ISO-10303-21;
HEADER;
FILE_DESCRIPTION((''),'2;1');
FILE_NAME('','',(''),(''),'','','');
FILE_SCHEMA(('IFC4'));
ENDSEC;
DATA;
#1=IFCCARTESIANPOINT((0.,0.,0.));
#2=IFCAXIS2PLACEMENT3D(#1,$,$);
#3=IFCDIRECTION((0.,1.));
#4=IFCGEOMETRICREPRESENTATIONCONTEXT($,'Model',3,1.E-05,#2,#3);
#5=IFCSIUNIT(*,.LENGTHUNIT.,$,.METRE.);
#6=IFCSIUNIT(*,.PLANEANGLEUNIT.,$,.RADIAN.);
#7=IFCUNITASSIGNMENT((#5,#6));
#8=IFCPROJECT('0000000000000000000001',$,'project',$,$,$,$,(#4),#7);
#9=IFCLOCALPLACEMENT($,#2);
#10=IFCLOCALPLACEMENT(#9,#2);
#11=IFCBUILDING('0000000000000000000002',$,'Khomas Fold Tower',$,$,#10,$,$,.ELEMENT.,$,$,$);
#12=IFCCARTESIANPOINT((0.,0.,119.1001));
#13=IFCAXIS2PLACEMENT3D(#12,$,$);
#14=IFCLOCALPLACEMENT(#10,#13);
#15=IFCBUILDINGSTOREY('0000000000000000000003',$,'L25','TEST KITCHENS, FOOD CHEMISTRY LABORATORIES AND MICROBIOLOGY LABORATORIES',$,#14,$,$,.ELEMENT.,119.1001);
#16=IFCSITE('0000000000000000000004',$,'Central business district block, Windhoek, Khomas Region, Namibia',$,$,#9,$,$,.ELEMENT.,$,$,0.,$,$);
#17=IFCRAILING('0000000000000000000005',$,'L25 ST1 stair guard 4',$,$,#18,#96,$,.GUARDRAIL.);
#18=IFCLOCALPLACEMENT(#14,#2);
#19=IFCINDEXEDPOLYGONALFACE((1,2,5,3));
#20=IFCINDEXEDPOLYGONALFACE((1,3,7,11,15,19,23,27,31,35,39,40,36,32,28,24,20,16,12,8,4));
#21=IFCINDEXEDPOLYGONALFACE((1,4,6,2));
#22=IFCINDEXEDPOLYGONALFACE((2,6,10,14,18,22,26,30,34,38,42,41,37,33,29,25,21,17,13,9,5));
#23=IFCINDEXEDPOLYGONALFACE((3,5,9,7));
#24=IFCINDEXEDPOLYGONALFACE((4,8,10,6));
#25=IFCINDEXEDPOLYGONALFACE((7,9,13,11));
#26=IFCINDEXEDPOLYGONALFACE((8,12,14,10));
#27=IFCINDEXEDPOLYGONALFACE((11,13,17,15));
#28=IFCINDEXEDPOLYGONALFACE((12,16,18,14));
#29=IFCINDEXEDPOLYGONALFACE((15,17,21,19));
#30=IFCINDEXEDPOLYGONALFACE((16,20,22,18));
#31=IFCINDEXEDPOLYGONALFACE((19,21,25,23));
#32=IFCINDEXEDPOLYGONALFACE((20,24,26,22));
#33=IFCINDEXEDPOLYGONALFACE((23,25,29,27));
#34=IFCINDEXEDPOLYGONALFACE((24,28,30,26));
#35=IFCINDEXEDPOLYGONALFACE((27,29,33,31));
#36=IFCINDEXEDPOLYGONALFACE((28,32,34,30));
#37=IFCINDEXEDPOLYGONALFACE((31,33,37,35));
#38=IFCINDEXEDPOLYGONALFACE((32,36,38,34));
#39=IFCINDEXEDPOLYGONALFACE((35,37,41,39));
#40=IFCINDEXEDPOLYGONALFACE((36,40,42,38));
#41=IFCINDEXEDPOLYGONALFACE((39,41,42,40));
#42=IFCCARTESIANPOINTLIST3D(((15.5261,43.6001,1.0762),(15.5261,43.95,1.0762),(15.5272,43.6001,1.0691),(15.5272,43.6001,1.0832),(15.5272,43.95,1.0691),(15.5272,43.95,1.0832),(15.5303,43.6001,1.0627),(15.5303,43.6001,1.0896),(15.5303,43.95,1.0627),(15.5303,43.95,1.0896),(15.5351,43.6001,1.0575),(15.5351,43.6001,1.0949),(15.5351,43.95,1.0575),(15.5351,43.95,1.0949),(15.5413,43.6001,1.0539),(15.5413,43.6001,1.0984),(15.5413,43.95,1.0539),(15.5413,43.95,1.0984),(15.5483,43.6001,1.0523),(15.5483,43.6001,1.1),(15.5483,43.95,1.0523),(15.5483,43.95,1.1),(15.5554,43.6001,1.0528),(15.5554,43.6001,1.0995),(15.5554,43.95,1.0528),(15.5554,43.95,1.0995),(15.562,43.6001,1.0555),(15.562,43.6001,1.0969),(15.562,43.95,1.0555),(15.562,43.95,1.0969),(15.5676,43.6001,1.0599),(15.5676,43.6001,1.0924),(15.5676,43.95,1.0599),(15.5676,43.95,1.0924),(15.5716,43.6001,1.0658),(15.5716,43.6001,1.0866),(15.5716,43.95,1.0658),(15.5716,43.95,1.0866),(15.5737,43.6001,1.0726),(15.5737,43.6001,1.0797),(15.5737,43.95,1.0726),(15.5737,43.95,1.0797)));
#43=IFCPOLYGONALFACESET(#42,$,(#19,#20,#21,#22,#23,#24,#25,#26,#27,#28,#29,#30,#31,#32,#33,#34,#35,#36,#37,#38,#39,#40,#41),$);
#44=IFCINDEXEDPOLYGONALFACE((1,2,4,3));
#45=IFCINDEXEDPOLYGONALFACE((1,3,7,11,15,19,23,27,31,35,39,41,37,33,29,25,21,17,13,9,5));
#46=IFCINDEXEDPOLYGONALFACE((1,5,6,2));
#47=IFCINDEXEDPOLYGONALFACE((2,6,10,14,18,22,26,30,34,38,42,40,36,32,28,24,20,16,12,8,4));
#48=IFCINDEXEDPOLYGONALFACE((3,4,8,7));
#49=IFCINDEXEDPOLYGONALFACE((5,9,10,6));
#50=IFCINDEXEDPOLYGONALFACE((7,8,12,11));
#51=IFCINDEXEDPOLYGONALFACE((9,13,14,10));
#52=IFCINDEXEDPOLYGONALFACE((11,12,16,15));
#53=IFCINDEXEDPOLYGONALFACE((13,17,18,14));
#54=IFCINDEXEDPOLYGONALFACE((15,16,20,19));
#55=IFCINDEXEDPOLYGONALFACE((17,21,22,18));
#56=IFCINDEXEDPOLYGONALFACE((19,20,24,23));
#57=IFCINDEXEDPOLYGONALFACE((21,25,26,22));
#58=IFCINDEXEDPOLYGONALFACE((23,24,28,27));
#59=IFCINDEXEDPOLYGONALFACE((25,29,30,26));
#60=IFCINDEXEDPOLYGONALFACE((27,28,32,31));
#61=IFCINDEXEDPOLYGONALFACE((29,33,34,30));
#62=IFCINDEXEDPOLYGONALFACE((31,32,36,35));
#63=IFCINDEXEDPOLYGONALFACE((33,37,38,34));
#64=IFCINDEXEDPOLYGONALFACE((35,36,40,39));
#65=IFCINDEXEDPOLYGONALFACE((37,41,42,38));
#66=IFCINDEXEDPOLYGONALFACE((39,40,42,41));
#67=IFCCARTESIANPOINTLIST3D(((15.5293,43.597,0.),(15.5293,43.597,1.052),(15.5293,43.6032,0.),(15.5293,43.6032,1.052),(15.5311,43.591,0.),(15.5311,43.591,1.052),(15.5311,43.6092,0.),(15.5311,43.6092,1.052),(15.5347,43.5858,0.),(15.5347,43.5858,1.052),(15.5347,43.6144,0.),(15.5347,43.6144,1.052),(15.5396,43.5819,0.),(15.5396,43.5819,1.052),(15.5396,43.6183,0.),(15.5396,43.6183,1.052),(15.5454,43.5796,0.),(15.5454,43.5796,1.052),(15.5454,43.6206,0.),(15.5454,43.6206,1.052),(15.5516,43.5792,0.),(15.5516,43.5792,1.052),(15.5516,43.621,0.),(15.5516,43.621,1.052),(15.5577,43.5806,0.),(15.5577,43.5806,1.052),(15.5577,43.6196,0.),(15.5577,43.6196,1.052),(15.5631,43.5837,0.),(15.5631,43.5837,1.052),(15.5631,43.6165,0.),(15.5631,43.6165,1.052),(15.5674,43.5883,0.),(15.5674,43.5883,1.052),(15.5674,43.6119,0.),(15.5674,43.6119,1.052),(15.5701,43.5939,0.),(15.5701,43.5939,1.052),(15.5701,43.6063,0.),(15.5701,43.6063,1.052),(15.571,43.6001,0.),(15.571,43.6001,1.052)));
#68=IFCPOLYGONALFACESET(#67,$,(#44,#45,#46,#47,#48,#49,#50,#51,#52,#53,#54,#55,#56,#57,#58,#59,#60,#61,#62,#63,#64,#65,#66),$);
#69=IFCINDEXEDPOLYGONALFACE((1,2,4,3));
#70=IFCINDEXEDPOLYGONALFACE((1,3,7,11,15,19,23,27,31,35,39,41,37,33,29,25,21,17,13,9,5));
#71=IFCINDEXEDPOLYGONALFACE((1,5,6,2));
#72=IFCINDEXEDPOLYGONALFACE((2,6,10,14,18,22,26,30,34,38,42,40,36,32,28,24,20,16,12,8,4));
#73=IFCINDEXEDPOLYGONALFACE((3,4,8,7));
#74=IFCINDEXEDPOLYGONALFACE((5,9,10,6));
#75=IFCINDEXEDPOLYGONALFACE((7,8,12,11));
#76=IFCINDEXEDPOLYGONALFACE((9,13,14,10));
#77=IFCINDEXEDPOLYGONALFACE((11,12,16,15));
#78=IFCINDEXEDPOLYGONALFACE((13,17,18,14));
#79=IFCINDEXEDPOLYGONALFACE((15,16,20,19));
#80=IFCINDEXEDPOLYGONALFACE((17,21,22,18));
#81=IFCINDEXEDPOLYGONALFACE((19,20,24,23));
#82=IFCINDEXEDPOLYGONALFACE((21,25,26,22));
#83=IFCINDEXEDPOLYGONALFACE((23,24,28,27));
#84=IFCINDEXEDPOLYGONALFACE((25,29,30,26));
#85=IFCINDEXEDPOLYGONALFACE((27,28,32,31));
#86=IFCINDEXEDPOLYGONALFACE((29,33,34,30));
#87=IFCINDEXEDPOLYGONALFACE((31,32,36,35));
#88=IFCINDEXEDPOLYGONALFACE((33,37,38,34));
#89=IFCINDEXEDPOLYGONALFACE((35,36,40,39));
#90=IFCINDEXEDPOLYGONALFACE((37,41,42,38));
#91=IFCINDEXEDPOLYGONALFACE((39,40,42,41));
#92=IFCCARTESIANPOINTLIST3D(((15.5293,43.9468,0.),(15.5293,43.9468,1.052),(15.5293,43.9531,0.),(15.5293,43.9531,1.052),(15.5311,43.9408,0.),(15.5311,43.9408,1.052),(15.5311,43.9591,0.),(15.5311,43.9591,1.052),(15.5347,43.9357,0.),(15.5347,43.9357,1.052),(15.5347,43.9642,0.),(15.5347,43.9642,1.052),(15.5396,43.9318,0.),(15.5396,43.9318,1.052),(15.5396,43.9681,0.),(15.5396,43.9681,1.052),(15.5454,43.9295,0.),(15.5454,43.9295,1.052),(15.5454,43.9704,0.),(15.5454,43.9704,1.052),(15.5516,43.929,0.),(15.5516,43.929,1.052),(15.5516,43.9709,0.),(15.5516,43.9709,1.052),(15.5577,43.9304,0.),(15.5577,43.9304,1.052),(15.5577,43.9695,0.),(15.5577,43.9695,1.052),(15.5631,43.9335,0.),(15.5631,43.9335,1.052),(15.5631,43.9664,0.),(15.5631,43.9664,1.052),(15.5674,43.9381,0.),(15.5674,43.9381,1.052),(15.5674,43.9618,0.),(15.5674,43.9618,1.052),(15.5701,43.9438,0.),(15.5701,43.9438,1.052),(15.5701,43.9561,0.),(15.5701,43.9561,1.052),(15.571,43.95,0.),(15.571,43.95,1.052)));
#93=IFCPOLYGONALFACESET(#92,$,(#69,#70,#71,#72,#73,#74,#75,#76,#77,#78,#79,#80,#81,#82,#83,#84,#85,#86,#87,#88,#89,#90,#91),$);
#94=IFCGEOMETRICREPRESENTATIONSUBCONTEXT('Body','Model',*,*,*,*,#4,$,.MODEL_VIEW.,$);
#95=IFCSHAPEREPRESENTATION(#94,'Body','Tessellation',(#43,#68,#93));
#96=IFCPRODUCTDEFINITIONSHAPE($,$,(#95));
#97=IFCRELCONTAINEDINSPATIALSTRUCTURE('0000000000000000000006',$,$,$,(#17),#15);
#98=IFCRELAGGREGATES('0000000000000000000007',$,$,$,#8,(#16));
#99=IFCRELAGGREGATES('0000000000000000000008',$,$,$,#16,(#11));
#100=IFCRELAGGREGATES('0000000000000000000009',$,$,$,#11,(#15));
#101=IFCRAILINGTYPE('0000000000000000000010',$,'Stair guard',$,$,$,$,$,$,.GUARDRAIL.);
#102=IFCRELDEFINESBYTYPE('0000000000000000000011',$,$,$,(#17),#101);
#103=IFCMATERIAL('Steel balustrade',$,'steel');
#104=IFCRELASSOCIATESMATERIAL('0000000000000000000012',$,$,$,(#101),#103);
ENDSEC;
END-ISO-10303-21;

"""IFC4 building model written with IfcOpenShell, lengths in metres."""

from ifc_helpers import new_model, si_unit, direction, frame, origin, origin_2d, place, context, subcontext, project, spatial, circle, extrude, source, transform, mapped, material, type_object, element, save


model = new_model("IFC4")

# Units and contexts
model_context = context("Model", 3, precision=1e-05, world=origin(), true_north=direction((0.0, 1.0)))
body_context = subcontext(model_context, "Body", "Model", "MODEL_VIEW")
ifc_project = project(units=[si_unit("LENGTHUNIT", "METRE"), si_unit("PLANEANGLEUNIT", "RADIAN")], contexts=[model_context])

# Site, building, storey
site_placement = place(None, origin())
site = spatial("IfcSite", under=ifc_project, at=site_placement, Name="Central business district block, Windhoek, Khomas Region, Namibia", CompositionType="ELEMENT", RefElevation=0.0)
building_placement = place(site_placement, origin())
building = spatial("IfcBuilding", under=site, at=building_placement, Name="Khomas Fold Tower", CompositionType="ELEMENT")
storey_placement = place(building_placement, frame((0.0, 0.0, 119.1001)))
storey = spatial("IfcBuildingStorey", under=building, at=storey_placement, Name="L25", Description="TEST KITCHENS, FOOD CHEMISTRY LABORATORIES AND MICROBIOLOGY LABORATORIES", CompositionType="ELEMENT", Elevation=119.1001)

# Railing
ifc_material_1 = material(Name="Steel balustrade", Category="steel")
railing_type_1 = type_object("IfcRailingType", Name="Stair guard", PredefinedType="GUARDRAIL", material=ifc_material_1)
shared_shape_1 = source(origin(), body_context, "Body", "SweptSolid", [
    extrude(circle(Radius=0.0239, at=origin_2d()), frame((0.0, 0.0, 1.0762), z_axis=(0.0, 1.0, 0.0), x_axis=(-1.0, 0.0, 0.0)), (0.0, 0.0, 1.0), 0.3499),
    extrude(circle(Radius=0.021, at=origin_2d()), origin(), (0.0, 0.0, 1.0), 1.052),
    extrude(circle(Radius=0.021, at=origin_2d()), frame((0.0, 0.3499, 0.0)), (0.0, 0.0, 1.0), 1.052),
])
for number, where, name in (
    (1, (15.55, 43.6001, 0.0), "L25 ST1 stair guard 4"),
):
    element("IfcRailing", number, at=place(storey_placement, frame(where)), inside=storey, type_object=railing_type_1, Name=name, PredefinedType="GUARDRAIL", context=body_context, shape_type="MappedRepresentation", body=[
        mapped(shared_shape_1, transform((0.0, 0.0, 0.0))),
    ])

save(model, "model.ifc")
